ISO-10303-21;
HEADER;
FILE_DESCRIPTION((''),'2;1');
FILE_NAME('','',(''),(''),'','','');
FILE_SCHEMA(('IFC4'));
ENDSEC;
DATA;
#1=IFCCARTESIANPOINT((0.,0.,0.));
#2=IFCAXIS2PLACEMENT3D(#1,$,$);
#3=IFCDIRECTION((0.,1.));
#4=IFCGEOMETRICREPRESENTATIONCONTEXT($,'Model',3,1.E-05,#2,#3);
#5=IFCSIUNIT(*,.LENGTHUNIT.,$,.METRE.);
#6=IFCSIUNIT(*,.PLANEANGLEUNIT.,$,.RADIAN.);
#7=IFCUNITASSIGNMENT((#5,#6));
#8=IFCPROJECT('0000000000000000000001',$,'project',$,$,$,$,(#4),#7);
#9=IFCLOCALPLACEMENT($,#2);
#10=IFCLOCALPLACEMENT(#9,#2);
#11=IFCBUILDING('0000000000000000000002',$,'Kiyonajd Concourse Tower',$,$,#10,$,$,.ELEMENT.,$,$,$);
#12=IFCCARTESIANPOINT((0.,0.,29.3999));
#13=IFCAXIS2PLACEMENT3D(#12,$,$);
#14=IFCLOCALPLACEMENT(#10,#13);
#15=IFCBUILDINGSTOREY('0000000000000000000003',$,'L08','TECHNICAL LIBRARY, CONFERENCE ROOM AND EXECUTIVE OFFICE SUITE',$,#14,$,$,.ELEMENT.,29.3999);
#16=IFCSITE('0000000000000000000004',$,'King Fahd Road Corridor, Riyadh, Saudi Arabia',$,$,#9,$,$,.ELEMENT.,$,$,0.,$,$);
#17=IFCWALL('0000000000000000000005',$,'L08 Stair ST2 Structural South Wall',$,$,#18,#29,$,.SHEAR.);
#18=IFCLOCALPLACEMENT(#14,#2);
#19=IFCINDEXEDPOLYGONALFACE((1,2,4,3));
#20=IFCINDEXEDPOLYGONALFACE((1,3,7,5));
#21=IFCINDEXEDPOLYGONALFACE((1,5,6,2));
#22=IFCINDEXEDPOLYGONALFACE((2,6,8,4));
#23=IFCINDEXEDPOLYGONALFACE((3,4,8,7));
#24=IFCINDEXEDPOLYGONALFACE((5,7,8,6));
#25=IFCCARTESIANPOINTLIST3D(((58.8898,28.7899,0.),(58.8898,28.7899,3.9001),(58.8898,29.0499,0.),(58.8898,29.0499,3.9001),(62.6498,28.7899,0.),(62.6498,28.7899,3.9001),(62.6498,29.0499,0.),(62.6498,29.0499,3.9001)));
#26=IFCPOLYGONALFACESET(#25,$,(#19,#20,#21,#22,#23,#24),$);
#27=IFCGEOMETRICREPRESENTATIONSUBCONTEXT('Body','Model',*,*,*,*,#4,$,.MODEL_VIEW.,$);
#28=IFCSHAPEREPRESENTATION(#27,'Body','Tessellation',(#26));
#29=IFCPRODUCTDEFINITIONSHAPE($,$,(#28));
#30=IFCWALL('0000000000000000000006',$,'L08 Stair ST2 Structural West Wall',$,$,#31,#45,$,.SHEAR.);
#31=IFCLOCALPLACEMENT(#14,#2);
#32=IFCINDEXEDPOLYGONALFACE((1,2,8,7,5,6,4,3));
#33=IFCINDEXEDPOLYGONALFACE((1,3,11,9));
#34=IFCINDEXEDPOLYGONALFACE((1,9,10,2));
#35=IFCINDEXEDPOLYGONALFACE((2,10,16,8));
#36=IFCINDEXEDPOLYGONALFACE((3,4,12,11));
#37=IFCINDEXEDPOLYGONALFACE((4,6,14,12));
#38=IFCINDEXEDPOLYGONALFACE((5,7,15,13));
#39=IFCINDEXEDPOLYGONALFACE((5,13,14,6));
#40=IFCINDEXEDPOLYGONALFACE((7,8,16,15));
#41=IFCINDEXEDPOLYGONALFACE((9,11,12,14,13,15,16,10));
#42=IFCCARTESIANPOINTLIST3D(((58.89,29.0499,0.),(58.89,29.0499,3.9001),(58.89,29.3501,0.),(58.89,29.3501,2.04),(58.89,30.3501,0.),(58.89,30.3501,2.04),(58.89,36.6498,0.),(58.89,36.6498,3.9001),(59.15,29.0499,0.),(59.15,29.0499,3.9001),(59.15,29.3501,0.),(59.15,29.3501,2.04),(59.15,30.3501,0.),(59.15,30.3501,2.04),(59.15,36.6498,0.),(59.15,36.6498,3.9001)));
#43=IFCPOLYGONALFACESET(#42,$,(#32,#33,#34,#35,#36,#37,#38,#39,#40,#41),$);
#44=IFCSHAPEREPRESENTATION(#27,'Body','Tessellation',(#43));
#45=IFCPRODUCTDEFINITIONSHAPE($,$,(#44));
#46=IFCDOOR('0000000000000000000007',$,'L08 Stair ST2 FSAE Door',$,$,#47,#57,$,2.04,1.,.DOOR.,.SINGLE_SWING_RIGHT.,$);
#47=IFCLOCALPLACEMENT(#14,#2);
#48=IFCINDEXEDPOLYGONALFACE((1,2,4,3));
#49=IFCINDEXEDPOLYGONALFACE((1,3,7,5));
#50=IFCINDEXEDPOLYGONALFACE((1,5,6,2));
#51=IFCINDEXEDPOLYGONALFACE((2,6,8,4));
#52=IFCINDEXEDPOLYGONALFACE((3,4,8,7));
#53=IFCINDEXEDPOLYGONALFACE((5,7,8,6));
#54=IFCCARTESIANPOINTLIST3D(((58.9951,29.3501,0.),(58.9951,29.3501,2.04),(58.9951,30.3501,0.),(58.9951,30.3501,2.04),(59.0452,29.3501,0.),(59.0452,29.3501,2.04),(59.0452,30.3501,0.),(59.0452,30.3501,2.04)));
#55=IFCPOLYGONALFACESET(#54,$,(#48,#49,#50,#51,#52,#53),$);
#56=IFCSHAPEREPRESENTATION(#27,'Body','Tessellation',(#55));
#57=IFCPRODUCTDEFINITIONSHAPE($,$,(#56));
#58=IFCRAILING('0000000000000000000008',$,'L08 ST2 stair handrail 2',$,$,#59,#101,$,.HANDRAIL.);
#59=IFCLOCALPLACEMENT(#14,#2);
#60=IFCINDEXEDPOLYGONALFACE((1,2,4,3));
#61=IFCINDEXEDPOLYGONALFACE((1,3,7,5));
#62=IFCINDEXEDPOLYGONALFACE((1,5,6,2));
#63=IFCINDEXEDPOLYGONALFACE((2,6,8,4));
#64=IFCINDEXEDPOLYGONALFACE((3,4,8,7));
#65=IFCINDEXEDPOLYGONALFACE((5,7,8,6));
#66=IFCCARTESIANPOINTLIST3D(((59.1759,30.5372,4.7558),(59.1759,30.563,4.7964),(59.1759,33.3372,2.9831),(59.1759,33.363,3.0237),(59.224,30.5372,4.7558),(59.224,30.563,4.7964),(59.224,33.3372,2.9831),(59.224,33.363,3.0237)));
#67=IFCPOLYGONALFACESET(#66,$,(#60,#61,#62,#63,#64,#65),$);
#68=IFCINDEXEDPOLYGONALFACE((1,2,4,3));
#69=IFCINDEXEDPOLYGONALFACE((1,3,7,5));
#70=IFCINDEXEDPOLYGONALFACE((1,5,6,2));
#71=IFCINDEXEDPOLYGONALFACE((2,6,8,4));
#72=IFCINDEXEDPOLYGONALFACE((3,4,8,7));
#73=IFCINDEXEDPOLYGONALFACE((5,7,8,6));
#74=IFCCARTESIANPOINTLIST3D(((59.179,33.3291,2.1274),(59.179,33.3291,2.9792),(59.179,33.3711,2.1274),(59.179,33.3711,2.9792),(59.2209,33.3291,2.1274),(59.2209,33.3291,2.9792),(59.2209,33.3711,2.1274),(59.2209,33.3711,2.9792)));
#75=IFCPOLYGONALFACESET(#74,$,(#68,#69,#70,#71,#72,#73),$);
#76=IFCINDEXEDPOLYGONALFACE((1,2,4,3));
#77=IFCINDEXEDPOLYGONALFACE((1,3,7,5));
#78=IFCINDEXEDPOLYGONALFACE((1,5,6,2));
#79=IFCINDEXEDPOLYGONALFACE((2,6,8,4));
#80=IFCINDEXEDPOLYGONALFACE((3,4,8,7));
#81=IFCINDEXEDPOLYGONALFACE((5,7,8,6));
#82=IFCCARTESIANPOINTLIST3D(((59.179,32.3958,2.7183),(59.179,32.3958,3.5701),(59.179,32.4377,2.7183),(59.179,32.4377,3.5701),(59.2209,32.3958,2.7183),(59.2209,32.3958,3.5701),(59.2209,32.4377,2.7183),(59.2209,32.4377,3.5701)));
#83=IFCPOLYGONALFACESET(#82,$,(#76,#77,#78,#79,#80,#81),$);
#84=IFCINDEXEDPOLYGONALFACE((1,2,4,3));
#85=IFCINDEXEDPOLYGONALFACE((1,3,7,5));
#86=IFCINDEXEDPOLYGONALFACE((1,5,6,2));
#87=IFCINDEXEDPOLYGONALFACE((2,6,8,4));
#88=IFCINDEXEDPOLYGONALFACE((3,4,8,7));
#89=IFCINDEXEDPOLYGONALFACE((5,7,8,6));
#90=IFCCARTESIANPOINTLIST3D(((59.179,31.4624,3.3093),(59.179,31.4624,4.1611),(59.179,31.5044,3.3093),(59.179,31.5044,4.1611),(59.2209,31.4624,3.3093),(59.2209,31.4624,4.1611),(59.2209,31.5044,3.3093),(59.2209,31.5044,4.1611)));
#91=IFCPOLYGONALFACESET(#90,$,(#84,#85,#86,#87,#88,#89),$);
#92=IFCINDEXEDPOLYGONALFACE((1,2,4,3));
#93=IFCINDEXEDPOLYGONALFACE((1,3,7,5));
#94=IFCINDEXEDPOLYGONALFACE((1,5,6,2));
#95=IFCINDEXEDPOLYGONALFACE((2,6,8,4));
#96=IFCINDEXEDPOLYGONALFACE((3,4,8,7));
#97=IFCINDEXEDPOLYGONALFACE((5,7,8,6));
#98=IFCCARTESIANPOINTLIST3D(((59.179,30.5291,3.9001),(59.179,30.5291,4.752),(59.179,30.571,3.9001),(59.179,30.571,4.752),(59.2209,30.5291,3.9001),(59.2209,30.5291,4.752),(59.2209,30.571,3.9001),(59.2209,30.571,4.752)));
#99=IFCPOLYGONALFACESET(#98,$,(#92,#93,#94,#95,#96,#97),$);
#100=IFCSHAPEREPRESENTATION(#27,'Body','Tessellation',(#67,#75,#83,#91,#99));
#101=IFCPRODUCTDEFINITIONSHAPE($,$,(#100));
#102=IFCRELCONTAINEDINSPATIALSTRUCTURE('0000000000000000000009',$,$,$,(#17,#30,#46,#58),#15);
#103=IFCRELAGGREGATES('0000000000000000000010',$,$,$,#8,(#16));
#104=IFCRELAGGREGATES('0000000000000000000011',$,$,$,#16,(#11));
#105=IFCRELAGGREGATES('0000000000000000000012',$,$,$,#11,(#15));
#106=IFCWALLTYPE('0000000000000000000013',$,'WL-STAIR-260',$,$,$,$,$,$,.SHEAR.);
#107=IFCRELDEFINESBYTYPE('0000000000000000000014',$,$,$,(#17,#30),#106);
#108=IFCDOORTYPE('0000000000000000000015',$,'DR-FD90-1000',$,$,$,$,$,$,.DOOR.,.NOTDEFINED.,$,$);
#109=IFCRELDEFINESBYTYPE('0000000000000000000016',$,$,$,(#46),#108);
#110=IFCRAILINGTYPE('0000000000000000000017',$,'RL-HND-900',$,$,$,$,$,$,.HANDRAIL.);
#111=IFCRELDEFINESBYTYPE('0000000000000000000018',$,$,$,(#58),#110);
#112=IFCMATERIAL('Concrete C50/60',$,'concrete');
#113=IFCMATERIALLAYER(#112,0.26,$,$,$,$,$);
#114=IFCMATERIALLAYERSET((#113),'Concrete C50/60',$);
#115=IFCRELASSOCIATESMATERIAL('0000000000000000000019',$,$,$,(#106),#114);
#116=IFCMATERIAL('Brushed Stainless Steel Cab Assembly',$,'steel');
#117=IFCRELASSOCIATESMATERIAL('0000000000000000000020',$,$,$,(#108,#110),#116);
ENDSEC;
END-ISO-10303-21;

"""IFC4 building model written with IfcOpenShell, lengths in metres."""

from ifc_helpers import new_model, si_unit, direction, frame, frame_2d, origin, origin_2d, place, context, subcontext, project, spatial, rectangle, extrude, material, layer, layer_set, type_object, element, fill, save


model = new_model("IFC4")

# Units and contexts
model_context = context("Model", 3, precision=1e-05, world=origin(), true_north=direction((0.0, 1.0)))
body_context = subcontext(model_context, "Body", "Model", "MODEL_VIEW")
ifc_project = project(units=[si_unit("LENGTHUNIT", "METRE"), si_unit("PLANEANGLEUNIT", "RADIAN")], contexts=[model_context])

# Site, building, storey
site_placement = place(None, origin())
site = spatial("IfcSite", under=ifc_project, at=site_placement, Name="King Fahd Road Corridor, Riyadh, Saudi Arabia", CompositionType="ELEMENT", RefElevation=0.0)
building_placement = place(site_placement, origin())
building = spatial("IfcBuilding", under=site, at=building_placement, Name="Kiyonajd Concourse Tower", CompositionType="ELEMENT")
storey_placement = place(building_placement, frame((0.0, 0.0, 29.3999)))
storey = spatial("IfcBuildingStorey", under=building, at=storey_placement, Name="L08", Description="TECHNICAL LIBRARY, CONFERENCE ROOM AND EXECUTIVE OFFICE SUITE", CompositionType="ELEMENT", Elevation=29.3999)

# Shared definitions
ifc_material_1 = material(Name="Concrete C50/60", Category="concrete")

# Shared definitions
ifc_material_2 = material(Name="Brushed Stainless Steel Cab Assembly", Category="steel")

# Wall
ifc_layer_1 = layer(ifc_material_1, 0.26)
ifc_layer_set_1 = layer_set([ifc_layer_1], Name="Concrete C50/60")
wall_type_1 = type_object("IfcWallType", Name="WL-STAIR-260", PredefinedType="SHEAR", material=ifc_layer_set_1)
wall_1_placement = place(storey_placement, frame((58.8899, 28.9199, 0.0), z_axis=(0.0, 0.0, 1.0), x_axis=(1.0, 0.0, 0.0)))
element("IfcWall", 1, at=wall_1_placement, inside=storey, type_object=wall_type_1, Name="L08 Stair ST2 Structural South Wall", PredefinedType="SHEAR", context=body_context, shape_type="SweptSolid", body=[
    extrude(rectangle(XDim=3.76, YDim=0.26, at=frame_2d((1.8799, 0.0))), origin(), (0.0, 0.0, 1.0), 3.9001),
])

# Wall, opening, door
wall_2_placement = place(storey_placement, frame((59.02, 29.05, 0.0), z_axis=(0.0, 0.0, 1.0), x_axis=(0.0, 1.0, 0.0)))
wall_2 = element("IfcWall", 2, at=wall_2_placement, inside=storey, type_object=wall_type_1, Name="L08 Stair ST2 Structural West Wall", PredefinedType="SHEAR", context=body_context, shape_type="SweptSolid", body=[
    extrude(rectangle(XDim=7.5999, YDim=0.26, at=frame_2d((3.7998, 0.0))), origin(), (0.0, 0.0, 1.0), 3.9001),
])
opening_1_placement = place(wall_2_placement, frame((0.3, 0.0, 0.0)))
opening_1 = element("IfcOpeningElement", 3, at=opening_1_placement, cuts=wall_2, PredefinedType="OPENING", context=body_context, shape_type="SweptSolid", body=[
    extrude(rectangle(XDim=1.0, YDim=2.04, at=frame_2d((0.5, 1.02))), frame((0.0, 0.1399, 0.0), z_axis=(0.0, -1.0, 0.0), x_axis=(1.0, 0.0, 0.0)), (0.0, 0.0, 1.0), 0.28),
])
door_type_1 = type_object("IfcDoorType", Name="DR-FD90-1000", OperationType="NOTDEFINED", PredefinedType="DOOR", material=ifc_material_2)
door_1_placement = place(opening_1_placement, origin())
door_1 = element("IfcDoor", 4, at=door_1_placement, inside=storey, type_object=door_type_1, Name="L08 Stair ST2 FSAE Door", OperationType="SINGLE_SWING_RIGHT", OverallHeight=2.04, OverallWidth=1.0, PredefinedType="DOOR", context=body_context, shape_type="SweptSolid", body=[
    extrude(rectangle(XDim=1.0, YDim=2.04, at=frame_2d((0.5, 1.02))), frame((0.0, 0.0249, 0.0), z_axis=(0.0, -1.0, 0.0), x_axis=(1.0, 0.0, 0.0)), (0.0, 0.0, 1.0), 0.05),
])
fill(opening_1, door_1)

# Railing
railing_type = type_object("IfcRailingType", Name="RL-HND-900", PredefinedType="HANDRAIL", material=ifc_material_2)
railing_placement = place(storey_placement, frame((59.2, 33.3501, 2.1274)))
element("IfcRailing", 5, at=railing_placement, inside=storey, type_object=railing_type, Name="L08 ST2 stair handrail 2", PredefinedType="HANDRAIL", context=body_context, shape_type="SweptSolid", body=[
    extrude(rectangle(XDim=0.0481, YDim=0.0481, at=origin_2d()), frame((0.0, 0.0, 0.876), z_axis=(0.0, -0.844909, 0.53491), x_axis=(1.0, 0.0, 0.0)), (0.0, 0.0, 1.0), 3.314),
    extrude(rectangle(XDim=0.042, YDim=0.042, at=origin_2d()), origin(), (0.0, 0.0, 1.0), 0.8518),
    extrude(rectangle(XDim=0.042, YDim=0.042, at=origin_2d()), frame((0.0, -0.9333, 0.5908)), (0.0, 0.0, 1.0), 0.8518),
    extrude(rectangle(XDim=0.042, YDim=0.042, at=origin_2d()), frame((0.0, -1.8667, 1.1819)), (0.0, 0.0, 1.0), 0.8518),
    extrude(rectangle(XDim=0.042, YDim=0.042, at=origin_2d()), frame((0.0, -2.8, 1.7727)), (0.0, 0.0, 1.0), 0.8518),
])

save(model, "model.ifc")
